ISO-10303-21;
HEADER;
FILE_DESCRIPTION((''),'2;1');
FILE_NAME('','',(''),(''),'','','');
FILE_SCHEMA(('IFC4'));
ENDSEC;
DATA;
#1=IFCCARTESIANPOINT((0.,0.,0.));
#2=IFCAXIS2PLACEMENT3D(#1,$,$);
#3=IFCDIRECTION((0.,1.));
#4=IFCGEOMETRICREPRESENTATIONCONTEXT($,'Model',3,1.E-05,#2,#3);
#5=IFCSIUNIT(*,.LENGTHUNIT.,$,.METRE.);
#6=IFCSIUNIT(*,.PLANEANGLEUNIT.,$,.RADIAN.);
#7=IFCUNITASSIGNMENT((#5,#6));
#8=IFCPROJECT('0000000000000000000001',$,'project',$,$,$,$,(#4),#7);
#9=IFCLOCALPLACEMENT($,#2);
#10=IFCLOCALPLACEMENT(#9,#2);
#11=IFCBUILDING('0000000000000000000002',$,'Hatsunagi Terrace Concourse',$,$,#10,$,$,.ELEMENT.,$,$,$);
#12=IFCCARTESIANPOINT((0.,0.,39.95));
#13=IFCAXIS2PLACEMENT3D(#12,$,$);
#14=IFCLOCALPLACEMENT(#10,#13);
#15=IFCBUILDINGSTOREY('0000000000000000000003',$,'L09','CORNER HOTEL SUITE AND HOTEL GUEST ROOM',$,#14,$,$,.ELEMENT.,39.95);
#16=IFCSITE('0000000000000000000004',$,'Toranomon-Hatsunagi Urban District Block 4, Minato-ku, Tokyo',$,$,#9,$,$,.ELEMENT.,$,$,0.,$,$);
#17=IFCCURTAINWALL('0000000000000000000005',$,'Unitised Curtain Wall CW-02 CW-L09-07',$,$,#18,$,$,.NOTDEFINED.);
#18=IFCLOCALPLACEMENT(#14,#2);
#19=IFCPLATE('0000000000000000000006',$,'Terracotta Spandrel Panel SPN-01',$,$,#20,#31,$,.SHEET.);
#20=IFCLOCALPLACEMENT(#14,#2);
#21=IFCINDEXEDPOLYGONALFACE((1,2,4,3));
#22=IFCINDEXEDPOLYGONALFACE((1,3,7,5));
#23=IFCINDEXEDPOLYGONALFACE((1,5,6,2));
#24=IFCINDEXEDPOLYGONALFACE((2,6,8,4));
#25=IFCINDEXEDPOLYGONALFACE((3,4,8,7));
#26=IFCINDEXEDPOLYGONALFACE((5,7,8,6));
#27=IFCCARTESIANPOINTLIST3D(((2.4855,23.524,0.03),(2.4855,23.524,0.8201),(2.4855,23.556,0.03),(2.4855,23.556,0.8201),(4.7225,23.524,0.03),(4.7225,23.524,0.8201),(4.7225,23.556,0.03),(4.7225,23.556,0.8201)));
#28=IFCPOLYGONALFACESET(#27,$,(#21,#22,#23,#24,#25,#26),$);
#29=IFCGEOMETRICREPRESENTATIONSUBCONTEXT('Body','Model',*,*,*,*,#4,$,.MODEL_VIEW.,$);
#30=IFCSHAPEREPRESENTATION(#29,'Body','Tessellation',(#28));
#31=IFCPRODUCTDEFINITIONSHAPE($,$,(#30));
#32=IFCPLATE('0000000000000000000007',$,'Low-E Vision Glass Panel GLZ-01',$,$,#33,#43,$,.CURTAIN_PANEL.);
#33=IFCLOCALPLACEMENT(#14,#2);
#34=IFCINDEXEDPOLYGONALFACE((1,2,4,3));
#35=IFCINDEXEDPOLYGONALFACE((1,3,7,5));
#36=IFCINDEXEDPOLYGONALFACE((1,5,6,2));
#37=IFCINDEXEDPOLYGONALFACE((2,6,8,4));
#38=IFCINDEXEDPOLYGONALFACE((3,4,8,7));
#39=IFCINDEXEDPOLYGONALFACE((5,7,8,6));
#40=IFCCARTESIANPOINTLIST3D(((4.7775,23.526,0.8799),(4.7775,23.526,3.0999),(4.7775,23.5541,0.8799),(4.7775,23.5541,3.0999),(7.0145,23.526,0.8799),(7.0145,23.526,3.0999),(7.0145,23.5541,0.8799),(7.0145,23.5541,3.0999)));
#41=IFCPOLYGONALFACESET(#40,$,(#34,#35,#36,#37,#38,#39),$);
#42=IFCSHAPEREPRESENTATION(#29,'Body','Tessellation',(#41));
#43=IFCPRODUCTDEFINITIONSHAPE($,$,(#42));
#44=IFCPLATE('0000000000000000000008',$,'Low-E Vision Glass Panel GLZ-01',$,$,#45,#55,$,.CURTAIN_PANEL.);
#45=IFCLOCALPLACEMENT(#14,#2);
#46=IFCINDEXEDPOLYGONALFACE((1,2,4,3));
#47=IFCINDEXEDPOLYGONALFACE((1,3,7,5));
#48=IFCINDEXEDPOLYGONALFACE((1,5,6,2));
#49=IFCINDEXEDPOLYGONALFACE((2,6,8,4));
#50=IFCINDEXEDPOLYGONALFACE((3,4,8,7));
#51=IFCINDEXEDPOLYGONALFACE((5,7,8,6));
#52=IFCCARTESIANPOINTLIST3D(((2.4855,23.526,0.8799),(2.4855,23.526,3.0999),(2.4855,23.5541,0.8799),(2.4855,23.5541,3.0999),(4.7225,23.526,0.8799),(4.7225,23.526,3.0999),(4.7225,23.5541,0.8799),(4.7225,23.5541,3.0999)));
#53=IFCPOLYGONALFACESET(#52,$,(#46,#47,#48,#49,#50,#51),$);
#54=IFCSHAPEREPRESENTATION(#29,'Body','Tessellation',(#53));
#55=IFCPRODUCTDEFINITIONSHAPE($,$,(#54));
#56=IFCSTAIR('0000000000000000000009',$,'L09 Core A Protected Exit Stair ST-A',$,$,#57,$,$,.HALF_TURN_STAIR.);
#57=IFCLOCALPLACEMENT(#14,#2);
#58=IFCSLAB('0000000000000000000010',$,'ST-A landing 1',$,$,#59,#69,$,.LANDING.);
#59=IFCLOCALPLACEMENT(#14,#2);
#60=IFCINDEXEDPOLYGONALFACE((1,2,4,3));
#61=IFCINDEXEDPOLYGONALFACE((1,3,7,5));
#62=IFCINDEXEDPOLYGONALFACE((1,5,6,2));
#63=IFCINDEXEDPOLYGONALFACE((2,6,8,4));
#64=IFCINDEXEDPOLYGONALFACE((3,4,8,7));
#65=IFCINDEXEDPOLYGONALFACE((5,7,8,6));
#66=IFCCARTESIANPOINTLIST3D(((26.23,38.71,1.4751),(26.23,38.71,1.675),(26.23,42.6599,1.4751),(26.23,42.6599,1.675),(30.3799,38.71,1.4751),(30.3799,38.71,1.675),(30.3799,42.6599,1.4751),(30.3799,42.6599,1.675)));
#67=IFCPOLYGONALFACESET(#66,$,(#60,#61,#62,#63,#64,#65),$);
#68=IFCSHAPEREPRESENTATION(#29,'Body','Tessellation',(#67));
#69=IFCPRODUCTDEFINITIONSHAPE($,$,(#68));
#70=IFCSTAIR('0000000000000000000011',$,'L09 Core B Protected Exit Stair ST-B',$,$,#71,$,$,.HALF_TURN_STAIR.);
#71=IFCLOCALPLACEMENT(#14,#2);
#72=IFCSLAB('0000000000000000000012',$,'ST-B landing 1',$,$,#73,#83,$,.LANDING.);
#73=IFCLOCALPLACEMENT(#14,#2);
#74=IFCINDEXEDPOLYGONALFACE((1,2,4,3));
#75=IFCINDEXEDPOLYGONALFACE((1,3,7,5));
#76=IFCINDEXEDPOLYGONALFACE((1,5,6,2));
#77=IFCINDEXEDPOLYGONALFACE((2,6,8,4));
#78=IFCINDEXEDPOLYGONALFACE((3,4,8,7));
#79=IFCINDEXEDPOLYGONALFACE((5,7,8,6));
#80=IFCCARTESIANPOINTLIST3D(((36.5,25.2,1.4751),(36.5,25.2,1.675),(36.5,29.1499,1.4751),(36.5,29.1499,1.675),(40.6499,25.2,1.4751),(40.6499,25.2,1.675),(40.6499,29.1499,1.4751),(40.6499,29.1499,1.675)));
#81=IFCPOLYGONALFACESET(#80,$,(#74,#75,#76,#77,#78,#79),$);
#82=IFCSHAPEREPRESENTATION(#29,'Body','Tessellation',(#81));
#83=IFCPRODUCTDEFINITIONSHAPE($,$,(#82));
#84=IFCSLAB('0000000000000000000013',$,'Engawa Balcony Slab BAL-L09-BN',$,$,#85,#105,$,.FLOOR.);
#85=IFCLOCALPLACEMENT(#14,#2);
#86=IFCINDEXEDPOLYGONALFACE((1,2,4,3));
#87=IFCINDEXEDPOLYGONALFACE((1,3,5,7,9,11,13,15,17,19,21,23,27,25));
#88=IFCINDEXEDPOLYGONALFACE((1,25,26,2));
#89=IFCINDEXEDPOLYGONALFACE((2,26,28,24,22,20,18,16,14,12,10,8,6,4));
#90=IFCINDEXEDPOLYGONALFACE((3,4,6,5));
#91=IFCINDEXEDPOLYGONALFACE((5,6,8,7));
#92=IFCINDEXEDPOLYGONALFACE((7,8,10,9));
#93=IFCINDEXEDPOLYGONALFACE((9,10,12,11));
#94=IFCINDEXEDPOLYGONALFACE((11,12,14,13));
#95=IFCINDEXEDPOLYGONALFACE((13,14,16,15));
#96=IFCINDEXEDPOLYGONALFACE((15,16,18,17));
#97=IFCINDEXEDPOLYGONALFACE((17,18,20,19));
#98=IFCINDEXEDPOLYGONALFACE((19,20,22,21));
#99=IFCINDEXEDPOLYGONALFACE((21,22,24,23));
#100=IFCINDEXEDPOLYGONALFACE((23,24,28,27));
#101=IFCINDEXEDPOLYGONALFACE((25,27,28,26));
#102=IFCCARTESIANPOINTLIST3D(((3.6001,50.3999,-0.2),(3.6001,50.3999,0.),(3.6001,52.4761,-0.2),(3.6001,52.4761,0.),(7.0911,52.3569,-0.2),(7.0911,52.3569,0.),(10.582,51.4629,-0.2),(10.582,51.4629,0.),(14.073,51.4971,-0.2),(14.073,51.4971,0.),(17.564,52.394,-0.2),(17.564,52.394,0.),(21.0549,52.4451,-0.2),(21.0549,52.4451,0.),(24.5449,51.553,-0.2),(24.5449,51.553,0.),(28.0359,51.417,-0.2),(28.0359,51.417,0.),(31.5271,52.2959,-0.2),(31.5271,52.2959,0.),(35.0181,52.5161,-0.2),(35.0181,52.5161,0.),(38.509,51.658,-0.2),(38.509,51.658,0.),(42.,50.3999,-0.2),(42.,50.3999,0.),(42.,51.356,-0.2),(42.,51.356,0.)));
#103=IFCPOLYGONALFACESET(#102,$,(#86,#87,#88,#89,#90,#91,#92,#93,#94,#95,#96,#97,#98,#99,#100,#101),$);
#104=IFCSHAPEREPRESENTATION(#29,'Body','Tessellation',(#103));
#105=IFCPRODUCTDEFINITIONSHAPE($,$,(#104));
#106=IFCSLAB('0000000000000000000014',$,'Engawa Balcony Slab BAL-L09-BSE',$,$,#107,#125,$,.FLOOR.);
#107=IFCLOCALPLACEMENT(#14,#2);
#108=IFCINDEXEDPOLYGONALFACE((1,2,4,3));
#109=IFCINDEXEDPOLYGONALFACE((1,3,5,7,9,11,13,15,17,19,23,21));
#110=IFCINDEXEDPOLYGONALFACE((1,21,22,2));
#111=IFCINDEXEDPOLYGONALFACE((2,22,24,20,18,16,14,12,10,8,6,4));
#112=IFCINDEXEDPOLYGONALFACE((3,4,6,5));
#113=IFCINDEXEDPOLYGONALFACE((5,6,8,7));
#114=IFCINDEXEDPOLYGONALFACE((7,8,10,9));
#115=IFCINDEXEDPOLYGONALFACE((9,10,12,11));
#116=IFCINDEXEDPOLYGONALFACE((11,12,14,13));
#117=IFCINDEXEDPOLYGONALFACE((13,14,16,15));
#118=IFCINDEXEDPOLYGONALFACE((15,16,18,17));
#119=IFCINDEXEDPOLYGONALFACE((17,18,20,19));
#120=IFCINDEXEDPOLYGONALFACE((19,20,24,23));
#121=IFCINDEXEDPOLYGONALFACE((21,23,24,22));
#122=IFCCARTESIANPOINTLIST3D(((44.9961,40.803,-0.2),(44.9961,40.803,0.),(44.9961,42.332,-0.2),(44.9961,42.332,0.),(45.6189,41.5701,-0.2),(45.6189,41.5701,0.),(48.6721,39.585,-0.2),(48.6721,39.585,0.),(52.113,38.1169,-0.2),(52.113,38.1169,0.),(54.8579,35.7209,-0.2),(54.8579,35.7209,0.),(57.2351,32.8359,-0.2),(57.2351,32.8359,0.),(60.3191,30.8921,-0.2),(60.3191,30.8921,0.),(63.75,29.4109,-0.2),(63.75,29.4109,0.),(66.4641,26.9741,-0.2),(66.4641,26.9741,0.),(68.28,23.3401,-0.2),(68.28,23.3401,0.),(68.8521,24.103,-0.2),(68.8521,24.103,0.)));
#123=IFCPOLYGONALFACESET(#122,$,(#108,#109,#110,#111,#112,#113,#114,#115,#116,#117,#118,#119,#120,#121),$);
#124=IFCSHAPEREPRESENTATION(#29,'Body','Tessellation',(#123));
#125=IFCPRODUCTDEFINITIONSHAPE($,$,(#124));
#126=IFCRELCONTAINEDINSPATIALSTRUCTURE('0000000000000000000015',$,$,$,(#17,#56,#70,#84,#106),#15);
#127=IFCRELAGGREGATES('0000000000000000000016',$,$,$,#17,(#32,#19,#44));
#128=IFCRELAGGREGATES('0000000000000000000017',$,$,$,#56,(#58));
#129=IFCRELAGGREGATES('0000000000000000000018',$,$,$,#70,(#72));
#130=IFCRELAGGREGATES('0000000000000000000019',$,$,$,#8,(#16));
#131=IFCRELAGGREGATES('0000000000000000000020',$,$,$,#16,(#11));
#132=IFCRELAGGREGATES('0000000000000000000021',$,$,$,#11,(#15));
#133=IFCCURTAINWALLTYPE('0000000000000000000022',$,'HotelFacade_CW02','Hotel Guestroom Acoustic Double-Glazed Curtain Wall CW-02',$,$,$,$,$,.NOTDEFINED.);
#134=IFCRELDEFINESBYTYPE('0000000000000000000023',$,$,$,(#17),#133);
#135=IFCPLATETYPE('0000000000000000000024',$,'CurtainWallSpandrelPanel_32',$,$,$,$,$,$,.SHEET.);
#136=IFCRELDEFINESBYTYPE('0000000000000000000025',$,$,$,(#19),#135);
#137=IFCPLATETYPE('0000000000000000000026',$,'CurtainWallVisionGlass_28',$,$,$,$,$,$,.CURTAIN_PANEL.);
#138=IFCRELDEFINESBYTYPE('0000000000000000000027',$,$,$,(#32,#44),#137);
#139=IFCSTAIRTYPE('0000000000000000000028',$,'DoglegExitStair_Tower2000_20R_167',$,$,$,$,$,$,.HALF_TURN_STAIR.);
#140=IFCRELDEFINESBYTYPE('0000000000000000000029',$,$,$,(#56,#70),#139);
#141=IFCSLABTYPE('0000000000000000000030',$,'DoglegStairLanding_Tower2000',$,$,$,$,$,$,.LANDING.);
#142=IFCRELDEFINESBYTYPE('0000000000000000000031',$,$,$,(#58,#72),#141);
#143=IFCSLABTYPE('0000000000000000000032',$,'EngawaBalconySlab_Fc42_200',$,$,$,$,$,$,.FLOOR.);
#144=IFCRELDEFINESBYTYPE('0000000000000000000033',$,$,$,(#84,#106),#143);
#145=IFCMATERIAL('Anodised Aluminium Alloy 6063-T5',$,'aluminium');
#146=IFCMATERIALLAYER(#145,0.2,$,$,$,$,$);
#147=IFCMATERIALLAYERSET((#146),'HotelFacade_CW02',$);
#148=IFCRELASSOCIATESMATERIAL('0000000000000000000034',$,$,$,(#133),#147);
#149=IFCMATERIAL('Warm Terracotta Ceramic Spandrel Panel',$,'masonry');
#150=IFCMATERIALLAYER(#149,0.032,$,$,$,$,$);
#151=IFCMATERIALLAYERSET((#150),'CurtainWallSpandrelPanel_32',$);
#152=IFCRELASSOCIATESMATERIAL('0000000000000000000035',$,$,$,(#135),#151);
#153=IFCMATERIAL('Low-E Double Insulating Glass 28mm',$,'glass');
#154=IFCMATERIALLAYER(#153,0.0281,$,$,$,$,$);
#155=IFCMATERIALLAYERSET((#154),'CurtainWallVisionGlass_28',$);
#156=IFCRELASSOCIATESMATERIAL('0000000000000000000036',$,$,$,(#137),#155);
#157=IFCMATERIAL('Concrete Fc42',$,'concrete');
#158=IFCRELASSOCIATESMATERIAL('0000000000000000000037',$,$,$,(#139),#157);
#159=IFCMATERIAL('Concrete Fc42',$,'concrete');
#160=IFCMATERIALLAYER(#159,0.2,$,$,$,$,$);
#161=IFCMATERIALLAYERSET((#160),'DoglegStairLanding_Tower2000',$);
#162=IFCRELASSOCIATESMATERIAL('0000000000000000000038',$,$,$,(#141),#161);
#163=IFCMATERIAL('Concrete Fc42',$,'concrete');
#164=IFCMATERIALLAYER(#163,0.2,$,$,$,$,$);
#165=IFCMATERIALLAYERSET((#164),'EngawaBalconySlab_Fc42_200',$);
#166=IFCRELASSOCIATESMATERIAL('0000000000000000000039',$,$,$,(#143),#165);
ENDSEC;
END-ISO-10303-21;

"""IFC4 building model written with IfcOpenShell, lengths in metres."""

from ifc_helpers import new_model, si_unit, direction, frame, origin, origin_2d, place, context, subcontext, project, spatial, polyline, rectangle, outline, extrude, material, layer, layer_set, type_object, element, aggregate, save


model = new_model("IFC4")

# Units and contexts
model_context = context("Model", 3, precision=1e-05, world=origin(), true_north=direction((0.0, 1.0)))
body_context = subcontext(model_context, "Body", "Model", "MODEL_VIEW")
ifc_project = project(units=[si_unit("LENGTHUNIT", "METRE"), si_unit("PLANEANGLEUNIT", "RADIAN")], contexts=[model_context])

# Site, building, storey
site_placement = place(None, origin())
site = spatial("IfcSite", under=ifc_project, at=site_placement, Name="Toranomon-Hatsunagi Urban District Block 4, Minato-ku, Tokyo", CompositionType="ELEMENT", RefElevation=0.0)
building_placement = place(site_placement, origin())
building = spatial("IfcBuilding", under=site, at=building_placement, Name="Hatsunagi Terrace Concourse", CompositionType="ELEMENT")
storey_placement = place(building_placement, frame((0.0, 0.0, 39.95)))
storey = spatial("IfcBuildingStorey", under=building, at=storey_placement, Name="L09", Description="CORNER HOTEL SUITE AND HOTEL GUEST ROOM", CompositionType="ELEMENT", Elevation=39.95)

# Curtain wall
ifc_material_1 = material(Name="Anodised Aluminium Alloy 6063-T5", Category="aluminium")
ifc_layer_1 = layer(ifc_material_1, 0.2)
ifc_layer_set_1 = layer_set([ifc_layer_1], Name="HotelFacade_CW02")
curtain_wall_type = type_object("IfcCurtainWallType", Name="HotelFacade_CW02", Description="Hotel Guestroom Acoustic Double-Glazed Curtain Wall CW-02", PredefinedType="NOTDEFINED", material=ifc_layer_set_1)
curtain_wall_placement = place(storey_placement, origin())
curtain_wall = element("IfcCurtainWall", 1, at=curtain_wall_placement, inside=storey, type_object=curtain_wall_type, Name="Unitised Curtain Wall CW-02 CW-L09-07", PredefinedType="NOTDEFINED")

# Plates
ifc_material_2 = material(Name="Warm Terracotta Ceramic Spandrel Panel", Category="masonry")
ifc_layer_2 = layer(ifc_material_2, 0.032)
ifc_layer_set_2 = layer_set([ifc_layer_2], Name="CurtainWallSpandrelPanel_32")
plate_type_1 = type_object("IfcPlateType", Name="CurtainWallSpandrelPanel_32", PredefinedType="SHEET", material=ifc_layer_set_2)
plate_1_placement = place(storey_placement, frame((3.604, 23.54, 0.03), z_axis=(0.0, 0.0, 1.0), x_axis=(-1.0, 0.0, 0.0)))
plate_1 = element("IfcPlate", 2, at=plate_1_placement, type_object=plate_type_1, Name="Terracotta Spandrel Panel SPN-01", PredefinedType="SHEET", context=body_context, shape_type="SweptSolid", body=[
    extrude(rectangle(XDim=2.2371, YDim=0.032, at=origin_2d()), origin(), (0.0, 0.0, 1.0), 0.79),
])
ifc_material_3 = material(Name="Low-E Double Insulating Glass 28mm", Category="glass")
ifc_layer_3 = layer(ifc_material_3, 0.0281)
ifc_layer_set_3 = layer_set([ifc_layer_3], Name="CurtainWallVisionGlass_28")
plate_type_2 = type_object("IfcPlateType", Name="CurtainWallVisionGlass_28", PredefinedType="CURTAIN_PANEL", material=ifc_layer_set_3)
plate_2_placement = place(storey_placement, frame((5.896, 23.54, 0.8799), z_axis=(0.0, 0.0, 1.0), x_axis=(-1.0, 0.0, 0.0)))
plate_2 = element("IfcPlate", 3, at=plate_2_placement, type_object=plate_type_2, Name="Low-E Vision Glass Panel GLZ-01", PredefinedType="CURTAIN_PANEL", context=body_context, shape_type="SweptSolid", body=[
    extrude(rectangle(XDim=2.2371, YDim=0.0281, at=origin_2d()), origin(), (0.0, 0.0, 1.0), 2.22),
])
plate_3_placement = place(storey_placement, frame((3.604, 23.54, 0.8799), z_axis=(0.0, 0.0, 1.0), x_axis=(-1.0, 0.0, 0.0)))
plate_3 = element("IfcPlate", 4, at=plate_3_placement, type_object=plate_type_2, Name="Low-E Vision Glass Panel GLZ-01", PredefinedType="CURTAIN_PANEL", context=body_context, shape_type="SweptSolid", body=[
    extrude(rectangle(XDim=2.2371, YDim=0.0281, at=origin_2d()), origin(), (0.0, 0.0, 1.0), 2.22),
])
aggregate(curtain_wall, [plate_2, plate_1, plate_3])

# Stairs, slabs
ifc_material_4 = material(Name="Concrete Fc42", Category="concrete")
stair_type = type_object("IfcStairType", Name="DoglegExitStair_Tower2000_20R_167", PredefinedType="HALF_TURN_STAIR", material=ifc_material_4)
stair_1_placement = place(storey_placement, origin())
stair_1 = element("IfcStair", 5, at=stair_1_placement, inside=storey, type_object=stair_type, Name="L09 Core A Protected Exit Stair ST-A", PredefinedType="HALF_TURN_STAIR")
ifc_material_5 = material(Name="Concrete Fc42", Category="concrete")
ifc_layer_4 = layer(ifc_material_5, 0.2)
ifc_layer_set_4 = layer_set([ifc_layer_4], Name="DoglegStairLanding_Tower2000")
slab_type_1 = type_object("IfcSlabType", Name="DoglegStairLanding_Tower2000", PredefinedType="LANDING", material=ifc_layer_set_4)
slab_1_placement = place(storey_placement, frame((0.0, 0.0, 1.4751)))
slab_1 = element("IfcSlab", 6, at=slab_1_placement, type_object=slab_type_1, Name="ST-A landing 1", PredefinedType="LANDING", context=body_context, shape_type="SweptSolid", body=[
    extrude(outline(polyline([(30.3799, 38.71), (30.3799, 42.6599), (26.23, 42.6599), (26.23, 38.71), (30.3799, 38.71)])), origin(), (0.0, 0.0, 1.0), 0.2),
])
aggregate(stair_1, [slab_1])
stair_2_placement = place(storey_placement, origin())
stair_2 = element("IfcStair", 7, at=stair_2_placement, inside=storey, type_object=stair_type, Name="L09 Core B Protected Exit Stair ST-B", PredefinedType="HALF_TURN_STAIR")
slab_2_placement = place(storey_placement, frame((0.0, 0.0, 1.4751)))
slab_2 = element("IfcSlab", 8, at=slab_2_placement, type_object=slab_type_1, Name="ST-B landing 1", PredefinedType="LANDING", context=body_context, shape_type="SweptSolid", body=[
    extrude(outline(polyline([(36.5, 29.1499), (36.5, 25.2), (40.6499, 25.2), (40.6499, 29.1499), (36.5, 29.1499)])), origin(), (0.0, 0.0, 1.0), 0.2),
])
aggregate(stair_2, [slab_2])

# Slabs
ifc_material_6 = material(Name="Concrete Fc42", Category="concrete")
ifc_layer_5 = layer(ifc_material_6, 0.2)
ifc_layer_set_5 = layer_set([ifc_layer_5], Name="EngawaBalconySlab_Fc42_200")
slab_type_2 = type_object("IfcSlabType", Name="EngawaBalconySlab_Fc42_200", PredefinedType="FLOOR", material=ifc_layer_set_5)
slab_3_placement = place(storey_placement, frame((0.0, 0.0, -0.2)))
element("IfcSlab", 9, at=slab_3_placement, inside=storey, type_object=slab_type_2, Name="Engawa Balcony Slab BAL-L09-BN", PredefinedType="FLOOR", context=body_context, shape_type="SweptSolid", body=[
    extrude(outline(polyline([(3.6001, 52.4761), (3.6001, 50.3999), (42.0, 50.3999), (42.0, 51.356), (38.509, 51.658), (35.0181, 52.5161), (31.5271, 52.2959), (28.0359, 51.417), (24.5449, 51.553), (21.0549, 52.4451), (17.564, 52.394), (14.073, 51.4971), (10.582, 51.4629), (7.0911, 52.3569), (3.6001, 52.4761)])), origin(), (0.0, 0.0, 1.0), 0.2),
])
slab_4_placement = place(storey_placement, frame((0.0, 0.0, -0.2)))
element("IfcSlab", 10, at=slab_4_placement, inside=storey, type_object=slab_type_2, Name="Engawa Balcony Slab BAL-L09-BSE", PredefinedType="FLOOR", context=body_context, shape_type="SweptSolid", body=[
    extrude(outline(polyline([(45.6189, 41.5701), (44.9961, 42.332), (44.9961, 40.803), (68.28, 23.3401), (68.8521, 24.103), (66.4641, 26.9741), (63.75, 29.4109), (60.3191, 30.8921), (57.2351, 32.8359), (54.8579, 35.7209), (52.113, 38.1169), (48.6721, 39.585), (45.6189, 41.5701)])), origin(), (0.0, 0.0, 1.0), 0.2),
])

save(model, "model.ifc")
